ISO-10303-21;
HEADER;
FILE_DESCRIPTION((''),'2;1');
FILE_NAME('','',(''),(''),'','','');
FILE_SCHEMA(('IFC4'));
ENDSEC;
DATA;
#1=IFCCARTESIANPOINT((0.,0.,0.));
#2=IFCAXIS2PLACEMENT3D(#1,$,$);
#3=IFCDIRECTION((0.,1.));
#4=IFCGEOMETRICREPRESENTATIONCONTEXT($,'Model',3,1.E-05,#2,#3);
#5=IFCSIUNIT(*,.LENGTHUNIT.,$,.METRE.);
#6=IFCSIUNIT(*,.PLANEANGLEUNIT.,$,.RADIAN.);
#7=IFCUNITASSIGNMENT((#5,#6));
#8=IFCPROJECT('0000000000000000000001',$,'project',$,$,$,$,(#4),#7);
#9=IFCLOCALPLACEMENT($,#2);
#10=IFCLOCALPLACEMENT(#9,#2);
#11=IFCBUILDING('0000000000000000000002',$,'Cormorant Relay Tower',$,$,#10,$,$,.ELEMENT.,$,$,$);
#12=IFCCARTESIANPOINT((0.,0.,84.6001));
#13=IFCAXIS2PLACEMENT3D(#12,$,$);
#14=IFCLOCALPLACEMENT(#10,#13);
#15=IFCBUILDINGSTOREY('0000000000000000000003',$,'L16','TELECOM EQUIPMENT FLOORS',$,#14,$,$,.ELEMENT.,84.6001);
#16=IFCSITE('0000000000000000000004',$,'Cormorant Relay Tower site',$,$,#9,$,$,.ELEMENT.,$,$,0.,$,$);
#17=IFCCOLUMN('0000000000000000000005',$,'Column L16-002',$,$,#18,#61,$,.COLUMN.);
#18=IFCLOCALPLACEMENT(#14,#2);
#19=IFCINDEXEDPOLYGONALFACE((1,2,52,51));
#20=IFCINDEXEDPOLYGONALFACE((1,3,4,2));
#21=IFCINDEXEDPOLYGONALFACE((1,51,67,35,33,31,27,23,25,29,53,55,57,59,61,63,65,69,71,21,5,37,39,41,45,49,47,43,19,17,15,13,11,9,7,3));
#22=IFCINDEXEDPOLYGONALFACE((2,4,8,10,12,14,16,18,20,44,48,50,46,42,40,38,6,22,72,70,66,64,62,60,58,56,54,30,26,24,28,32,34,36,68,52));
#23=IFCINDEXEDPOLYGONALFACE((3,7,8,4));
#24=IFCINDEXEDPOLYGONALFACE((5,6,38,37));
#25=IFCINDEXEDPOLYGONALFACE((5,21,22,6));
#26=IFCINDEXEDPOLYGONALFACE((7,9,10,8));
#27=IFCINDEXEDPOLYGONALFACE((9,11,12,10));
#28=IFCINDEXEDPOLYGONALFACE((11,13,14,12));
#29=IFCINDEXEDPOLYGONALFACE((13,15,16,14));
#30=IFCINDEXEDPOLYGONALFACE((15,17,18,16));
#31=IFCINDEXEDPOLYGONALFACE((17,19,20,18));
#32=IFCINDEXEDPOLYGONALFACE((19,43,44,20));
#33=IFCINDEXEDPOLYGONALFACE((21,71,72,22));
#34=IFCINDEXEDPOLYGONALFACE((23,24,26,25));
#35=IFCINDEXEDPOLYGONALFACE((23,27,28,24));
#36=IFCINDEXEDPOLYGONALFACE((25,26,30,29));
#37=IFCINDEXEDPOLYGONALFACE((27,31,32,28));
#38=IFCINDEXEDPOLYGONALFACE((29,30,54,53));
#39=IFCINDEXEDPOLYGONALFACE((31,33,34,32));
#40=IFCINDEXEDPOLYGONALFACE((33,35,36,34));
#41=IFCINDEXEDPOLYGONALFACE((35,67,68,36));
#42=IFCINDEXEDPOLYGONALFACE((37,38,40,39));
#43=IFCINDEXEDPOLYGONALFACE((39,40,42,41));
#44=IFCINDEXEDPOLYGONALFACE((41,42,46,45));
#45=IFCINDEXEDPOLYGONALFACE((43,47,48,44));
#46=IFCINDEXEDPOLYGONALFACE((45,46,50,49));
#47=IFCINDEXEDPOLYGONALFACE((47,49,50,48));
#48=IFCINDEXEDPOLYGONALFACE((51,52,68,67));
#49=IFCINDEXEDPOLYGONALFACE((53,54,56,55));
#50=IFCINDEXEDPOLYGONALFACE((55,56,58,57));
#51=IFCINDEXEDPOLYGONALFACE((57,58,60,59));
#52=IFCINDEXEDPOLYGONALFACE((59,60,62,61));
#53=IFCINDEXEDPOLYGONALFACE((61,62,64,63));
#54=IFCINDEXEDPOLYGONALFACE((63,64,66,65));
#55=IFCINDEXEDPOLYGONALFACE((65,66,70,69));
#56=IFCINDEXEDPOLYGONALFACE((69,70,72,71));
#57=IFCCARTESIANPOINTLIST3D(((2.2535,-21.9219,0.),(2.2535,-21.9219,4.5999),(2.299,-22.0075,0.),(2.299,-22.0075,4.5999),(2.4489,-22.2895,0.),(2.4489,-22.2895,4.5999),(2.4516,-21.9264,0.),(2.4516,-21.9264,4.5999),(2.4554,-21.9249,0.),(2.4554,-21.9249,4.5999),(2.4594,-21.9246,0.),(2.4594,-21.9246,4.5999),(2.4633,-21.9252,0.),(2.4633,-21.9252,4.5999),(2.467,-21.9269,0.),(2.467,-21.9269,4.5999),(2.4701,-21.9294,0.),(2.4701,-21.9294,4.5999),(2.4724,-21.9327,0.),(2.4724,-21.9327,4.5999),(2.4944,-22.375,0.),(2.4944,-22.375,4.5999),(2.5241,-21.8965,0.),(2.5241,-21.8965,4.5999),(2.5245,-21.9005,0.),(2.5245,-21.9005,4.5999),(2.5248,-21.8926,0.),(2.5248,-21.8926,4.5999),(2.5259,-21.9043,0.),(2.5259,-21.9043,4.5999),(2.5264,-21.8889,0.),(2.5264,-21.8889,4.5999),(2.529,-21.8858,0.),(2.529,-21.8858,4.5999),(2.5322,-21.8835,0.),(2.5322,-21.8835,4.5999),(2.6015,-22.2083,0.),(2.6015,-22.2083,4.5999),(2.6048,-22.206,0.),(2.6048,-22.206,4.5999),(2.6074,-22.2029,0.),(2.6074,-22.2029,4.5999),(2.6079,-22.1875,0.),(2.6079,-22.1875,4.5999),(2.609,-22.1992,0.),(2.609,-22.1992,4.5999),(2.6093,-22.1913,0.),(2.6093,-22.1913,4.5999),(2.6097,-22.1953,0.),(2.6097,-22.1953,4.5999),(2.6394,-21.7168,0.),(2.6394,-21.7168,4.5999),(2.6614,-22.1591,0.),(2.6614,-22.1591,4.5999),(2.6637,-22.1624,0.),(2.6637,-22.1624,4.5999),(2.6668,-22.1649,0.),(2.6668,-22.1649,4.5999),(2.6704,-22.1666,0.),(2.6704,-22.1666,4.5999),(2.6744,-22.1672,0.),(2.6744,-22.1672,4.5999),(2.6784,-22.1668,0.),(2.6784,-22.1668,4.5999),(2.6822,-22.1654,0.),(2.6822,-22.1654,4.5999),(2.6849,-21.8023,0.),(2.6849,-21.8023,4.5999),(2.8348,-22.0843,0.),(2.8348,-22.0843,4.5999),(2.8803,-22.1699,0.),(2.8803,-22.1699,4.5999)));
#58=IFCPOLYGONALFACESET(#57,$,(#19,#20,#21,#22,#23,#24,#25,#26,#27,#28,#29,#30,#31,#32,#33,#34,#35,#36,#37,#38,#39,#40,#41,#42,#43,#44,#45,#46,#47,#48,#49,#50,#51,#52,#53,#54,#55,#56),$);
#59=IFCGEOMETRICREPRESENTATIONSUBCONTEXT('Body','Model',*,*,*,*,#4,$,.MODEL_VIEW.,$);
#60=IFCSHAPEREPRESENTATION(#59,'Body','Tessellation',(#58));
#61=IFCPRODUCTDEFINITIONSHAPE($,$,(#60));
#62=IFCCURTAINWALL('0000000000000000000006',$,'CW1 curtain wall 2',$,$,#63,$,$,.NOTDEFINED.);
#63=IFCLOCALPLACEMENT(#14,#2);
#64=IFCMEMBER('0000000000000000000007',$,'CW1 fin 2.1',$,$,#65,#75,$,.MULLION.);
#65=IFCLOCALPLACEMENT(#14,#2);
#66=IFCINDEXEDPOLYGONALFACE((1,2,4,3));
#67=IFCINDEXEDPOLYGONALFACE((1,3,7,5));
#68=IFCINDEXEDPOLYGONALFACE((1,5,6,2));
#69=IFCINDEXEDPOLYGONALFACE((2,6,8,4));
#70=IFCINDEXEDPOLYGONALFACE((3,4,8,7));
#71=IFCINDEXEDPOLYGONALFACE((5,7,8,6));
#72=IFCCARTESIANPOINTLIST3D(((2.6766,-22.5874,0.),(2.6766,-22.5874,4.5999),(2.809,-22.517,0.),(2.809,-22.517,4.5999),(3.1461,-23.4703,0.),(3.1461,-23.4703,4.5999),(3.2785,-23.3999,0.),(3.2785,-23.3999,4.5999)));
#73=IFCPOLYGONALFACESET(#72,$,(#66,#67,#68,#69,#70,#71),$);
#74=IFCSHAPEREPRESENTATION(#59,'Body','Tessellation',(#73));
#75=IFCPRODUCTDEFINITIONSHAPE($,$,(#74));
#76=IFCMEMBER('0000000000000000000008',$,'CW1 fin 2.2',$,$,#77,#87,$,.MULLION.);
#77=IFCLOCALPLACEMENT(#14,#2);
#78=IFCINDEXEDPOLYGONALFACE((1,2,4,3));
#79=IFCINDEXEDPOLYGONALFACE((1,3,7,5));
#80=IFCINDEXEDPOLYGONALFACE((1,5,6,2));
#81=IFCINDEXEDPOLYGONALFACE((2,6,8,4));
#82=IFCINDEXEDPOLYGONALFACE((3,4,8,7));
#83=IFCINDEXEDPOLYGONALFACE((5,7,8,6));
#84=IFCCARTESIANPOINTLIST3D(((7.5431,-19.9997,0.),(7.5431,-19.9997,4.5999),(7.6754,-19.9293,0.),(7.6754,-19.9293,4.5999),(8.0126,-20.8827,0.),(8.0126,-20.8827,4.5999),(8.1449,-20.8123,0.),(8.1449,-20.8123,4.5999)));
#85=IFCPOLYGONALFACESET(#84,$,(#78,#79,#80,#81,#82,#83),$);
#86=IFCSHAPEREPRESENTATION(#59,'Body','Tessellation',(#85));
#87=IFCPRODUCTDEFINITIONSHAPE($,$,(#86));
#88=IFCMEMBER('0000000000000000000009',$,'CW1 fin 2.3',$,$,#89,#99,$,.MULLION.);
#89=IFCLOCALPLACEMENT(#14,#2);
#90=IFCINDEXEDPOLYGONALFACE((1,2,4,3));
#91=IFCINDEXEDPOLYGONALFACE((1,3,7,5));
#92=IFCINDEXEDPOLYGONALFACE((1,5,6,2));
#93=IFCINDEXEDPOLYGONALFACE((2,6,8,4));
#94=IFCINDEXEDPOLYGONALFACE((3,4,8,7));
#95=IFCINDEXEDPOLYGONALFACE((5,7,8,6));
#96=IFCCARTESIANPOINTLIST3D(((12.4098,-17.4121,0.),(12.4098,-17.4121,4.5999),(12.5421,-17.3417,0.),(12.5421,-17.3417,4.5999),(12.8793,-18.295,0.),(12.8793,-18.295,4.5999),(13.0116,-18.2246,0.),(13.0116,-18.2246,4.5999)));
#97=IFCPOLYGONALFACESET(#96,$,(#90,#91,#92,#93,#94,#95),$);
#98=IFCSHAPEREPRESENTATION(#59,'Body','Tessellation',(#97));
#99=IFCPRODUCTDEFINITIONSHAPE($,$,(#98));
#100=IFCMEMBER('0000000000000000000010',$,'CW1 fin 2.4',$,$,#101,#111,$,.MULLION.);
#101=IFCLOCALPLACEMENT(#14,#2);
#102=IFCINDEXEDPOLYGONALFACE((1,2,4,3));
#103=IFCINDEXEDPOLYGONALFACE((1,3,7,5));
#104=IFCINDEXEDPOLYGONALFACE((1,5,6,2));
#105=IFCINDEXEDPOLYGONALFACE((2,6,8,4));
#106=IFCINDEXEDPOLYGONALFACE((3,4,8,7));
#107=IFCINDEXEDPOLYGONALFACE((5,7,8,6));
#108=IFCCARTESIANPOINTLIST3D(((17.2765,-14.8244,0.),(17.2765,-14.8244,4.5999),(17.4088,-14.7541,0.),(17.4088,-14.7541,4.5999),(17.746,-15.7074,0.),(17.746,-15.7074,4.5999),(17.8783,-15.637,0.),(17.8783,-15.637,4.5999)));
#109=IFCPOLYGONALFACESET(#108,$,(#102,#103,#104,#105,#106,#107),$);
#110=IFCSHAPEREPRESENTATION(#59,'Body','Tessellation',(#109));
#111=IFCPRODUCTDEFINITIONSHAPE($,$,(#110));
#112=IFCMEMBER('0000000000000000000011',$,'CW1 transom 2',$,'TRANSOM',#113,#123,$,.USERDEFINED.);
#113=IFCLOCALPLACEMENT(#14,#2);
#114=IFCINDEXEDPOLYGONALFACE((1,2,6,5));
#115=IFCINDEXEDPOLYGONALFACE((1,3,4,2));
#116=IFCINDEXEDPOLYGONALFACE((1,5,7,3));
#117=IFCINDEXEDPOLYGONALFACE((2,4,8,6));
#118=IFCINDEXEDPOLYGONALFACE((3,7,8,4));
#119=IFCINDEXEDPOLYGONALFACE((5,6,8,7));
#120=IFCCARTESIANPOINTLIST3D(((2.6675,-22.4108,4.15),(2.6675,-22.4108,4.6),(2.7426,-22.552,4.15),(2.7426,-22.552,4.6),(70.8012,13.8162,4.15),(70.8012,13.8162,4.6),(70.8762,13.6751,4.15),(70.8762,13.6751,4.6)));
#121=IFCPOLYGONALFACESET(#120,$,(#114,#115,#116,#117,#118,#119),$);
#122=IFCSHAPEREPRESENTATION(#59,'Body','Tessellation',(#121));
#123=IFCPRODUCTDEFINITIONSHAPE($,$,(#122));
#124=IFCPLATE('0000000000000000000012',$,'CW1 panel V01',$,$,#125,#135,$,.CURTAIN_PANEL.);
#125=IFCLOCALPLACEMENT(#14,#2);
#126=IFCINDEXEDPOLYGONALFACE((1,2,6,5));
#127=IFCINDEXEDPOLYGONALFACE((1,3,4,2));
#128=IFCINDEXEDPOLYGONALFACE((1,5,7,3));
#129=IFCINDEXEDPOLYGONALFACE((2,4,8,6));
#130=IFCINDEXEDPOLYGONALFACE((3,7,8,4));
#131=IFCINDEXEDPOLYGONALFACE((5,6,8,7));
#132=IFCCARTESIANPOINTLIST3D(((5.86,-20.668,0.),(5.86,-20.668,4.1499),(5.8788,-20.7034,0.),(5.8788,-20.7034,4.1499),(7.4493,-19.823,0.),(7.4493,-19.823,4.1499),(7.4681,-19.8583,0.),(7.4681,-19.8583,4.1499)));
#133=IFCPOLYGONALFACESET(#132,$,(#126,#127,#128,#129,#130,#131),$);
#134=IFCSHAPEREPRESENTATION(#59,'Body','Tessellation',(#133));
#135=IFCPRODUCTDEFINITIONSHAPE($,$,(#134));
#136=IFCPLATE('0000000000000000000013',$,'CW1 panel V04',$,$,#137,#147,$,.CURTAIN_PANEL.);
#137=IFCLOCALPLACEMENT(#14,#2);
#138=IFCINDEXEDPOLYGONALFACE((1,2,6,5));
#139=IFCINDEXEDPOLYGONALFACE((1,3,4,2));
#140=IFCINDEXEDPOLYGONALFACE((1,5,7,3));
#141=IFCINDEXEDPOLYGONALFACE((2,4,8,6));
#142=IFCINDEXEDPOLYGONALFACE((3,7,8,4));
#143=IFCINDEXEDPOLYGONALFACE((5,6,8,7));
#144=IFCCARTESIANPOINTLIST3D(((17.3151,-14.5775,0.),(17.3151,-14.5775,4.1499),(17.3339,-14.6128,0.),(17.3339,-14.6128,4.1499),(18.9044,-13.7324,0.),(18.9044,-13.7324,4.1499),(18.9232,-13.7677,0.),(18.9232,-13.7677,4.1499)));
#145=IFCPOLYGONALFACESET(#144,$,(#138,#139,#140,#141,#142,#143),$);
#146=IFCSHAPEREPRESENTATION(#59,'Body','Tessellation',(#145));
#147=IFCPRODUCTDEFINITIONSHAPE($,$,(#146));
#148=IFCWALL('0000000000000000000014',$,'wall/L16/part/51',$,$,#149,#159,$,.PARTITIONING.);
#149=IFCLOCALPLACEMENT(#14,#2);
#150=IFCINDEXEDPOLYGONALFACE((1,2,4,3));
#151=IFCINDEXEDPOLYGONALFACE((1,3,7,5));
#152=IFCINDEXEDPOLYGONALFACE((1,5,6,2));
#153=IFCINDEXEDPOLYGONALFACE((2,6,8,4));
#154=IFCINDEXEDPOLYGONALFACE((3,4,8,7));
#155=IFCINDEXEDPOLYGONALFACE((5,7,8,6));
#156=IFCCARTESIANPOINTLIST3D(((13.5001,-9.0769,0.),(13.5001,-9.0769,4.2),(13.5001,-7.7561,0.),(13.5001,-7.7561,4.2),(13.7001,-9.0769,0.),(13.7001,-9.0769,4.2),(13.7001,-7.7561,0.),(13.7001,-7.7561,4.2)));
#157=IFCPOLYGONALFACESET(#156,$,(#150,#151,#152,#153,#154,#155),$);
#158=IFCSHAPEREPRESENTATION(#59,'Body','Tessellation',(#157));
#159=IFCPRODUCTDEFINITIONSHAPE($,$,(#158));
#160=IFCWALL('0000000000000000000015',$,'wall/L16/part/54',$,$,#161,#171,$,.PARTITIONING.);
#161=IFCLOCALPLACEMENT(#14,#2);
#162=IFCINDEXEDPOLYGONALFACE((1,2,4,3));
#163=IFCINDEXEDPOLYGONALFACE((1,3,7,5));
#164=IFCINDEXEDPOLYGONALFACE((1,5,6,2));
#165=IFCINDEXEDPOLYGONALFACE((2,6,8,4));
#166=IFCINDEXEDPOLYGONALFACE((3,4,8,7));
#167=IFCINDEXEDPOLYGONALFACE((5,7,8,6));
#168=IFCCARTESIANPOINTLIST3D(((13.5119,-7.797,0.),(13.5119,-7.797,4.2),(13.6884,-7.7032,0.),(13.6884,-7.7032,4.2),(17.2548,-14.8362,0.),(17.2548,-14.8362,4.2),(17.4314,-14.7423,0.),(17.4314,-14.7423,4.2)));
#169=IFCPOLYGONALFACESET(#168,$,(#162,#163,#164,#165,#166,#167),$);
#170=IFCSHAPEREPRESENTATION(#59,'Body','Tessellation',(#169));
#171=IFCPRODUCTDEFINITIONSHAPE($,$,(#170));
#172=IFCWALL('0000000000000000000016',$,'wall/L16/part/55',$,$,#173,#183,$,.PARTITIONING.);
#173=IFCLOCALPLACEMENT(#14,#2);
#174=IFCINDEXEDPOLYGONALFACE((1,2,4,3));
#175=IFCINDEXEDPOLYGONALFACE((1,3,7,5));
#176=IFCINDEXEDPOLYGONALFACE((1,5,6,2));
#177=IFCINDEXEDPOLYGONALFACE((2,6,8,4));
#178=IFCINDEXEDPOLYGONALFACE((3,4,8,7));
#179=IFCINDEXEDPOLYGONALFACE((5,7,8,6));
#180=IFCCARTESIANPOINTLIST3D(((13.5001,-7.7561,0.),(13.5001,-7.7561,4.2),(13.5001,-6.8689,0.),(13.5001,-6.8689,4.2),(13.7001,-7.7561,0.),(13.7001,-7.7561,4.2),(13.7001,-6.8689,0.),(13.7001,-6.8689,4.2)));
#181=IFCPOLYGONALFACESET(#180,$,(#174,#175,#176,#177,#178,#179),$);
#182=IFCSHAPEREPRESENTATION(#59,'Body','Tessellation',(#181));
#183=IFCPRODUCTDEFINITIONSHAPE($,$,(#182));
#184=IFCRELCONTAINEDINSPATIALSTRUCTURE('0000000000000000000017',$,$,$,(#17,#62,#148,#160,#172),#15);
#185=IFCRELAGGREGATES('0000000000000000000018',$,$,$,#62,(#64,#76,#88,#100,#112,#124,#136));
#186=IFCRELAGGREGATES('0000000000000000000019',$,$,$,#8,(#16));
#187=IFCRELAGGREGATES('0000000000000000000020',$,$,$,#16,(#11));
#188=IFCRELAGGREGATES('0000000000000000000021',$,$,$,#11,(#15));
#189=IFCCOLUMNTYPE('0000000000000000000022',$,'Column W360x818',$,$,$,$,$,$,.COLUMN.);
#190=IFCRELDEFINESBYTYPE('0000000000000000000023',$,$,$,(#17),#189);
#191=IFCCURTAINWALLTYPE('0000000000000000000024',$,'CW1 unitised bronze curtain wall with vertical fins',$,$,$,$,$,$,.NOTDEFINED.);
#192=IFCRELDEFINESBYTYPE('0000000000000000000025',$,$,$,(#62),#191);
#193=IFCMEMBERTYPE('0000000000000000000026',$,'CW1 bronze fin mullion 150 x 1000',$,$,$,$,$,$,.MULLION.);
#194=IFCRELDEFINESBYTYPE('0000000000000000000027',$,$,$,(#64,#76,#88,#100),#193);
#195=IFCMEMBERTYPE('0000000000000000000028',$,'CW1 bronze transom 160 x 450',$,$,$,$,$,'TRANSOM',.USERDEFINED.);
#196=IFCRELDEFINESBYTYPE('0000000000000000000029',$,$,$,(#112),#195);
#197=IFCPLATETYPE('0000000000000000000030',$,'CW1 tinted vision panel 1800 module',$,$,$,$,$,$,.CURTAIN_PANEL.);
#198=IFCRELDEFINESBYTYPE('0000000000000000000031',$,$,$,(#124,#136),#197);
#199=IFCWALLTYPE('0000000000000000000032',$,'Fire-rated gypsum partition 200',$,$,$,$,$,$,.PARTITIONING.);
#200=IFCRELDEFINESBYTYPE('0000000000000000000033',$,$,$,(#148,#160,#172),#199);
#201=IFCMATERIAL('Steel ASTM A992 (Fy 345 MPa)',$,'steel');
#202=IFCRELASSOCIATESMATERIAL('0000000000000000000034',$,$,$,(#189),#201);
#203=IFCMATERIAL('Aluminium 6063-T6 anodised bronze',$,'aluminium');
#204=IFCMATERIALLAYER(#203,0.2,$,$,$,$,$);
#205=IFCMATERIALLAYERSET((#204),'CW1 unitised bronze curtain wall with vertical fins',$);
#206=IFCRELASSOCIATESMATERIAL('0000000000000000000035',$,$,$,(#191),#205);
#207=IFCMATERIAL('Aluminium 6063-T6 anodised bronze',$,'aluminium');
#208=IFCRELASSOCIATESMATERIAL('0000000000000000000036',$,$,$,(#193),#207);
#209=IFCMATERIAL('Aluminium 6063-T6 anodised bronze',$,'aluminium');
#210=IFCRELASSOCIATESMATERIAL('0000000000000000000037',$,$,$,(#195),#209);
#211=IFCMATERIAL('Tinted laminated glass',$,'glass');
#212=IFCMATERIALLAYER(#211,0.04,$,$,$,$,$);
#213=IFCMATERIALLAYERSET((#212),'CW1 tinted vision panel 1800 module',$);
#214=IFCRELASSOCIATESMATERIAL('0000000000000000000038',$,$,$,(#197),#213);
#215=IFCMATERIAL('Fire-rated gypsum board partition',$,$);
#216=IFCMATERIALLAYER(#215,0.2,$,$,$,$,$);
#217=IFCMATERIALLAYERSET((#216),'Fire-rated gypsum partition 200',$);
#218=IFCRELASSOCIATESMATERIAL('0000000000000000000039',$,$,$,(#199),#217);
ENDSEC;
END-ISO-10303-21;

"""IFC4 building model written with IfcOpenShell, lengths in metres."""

from ifc_helpers import new_model, si_unit, direction, frame, frame_2d, origin, origin_2d, place, context, subcontext, project, spatial, rectangle, i_section, extrude, material, layer, layer_set, material_profile, profile_set, type_object, element, aggregate, save


model = new_model("IFC4")

# Units and contexts
model_context = context("Model", 3, precision=1e-05, world=origin(), true_north=direction((0.0, 1.0)))
body_context = subcontext(model_context, "Body", "Model", "MODEL_VIEW")
ifc_project = project(units=[si_unit("LENGTHUNIT", "METRE"), si_unit("PLANEANGLEUNIT", "RADIAN")], contexts=[model_context])

# Site, building, storey
site_placement = place(None, origin())
site = spatial("IfcSite", under=ifc_project, at=site_placement, Name="Cormorant Relay Tower site", CompositionType="ELEMENT", RefElevation=0.0)
building_placement = place(site_placement, origin())
building = spatial("IfcBuilding", under=site, at=building_placement, Name="Cormorant Relay Tower", CompositionType="ELEMENT")
storey_placement = place(building_placement, frame((0.0, 0.0, 84.6001)))
storey = spatial("IfcBuildingStorey", under=building, at=storey_placement, Name="L16", Description="TELECOM EQUIPMENT FLOORS", CompositionType="ELEMENT", Elevation=84.6001)

# Column
ifc_material_1 = material(Name="Steel ASTM A992 (Fy 345 MPa)", Category="steel")
ifc_material_profile_1 = material_profile(ifc_material_1, i_section(OverallWidth=0.437, OverallDepth=0.5132, WebThickness=0.0605, FlangeThickness=0.0969, FilletRadius=0.0154, at=origin_2d()), Name="W360x818")
ifc_profile_set_1 = profile_set([ifc_material_profile_1], Name="Steel ASTM A992 (Fy 345 MPa)")
column_type_1 = type_object("IfcColumnType", Name="Column W360x818", PredefinedType="COLUMN", material=ifc_profile_set_1)
column_1_placement = place(storey_placement, frame((2.5669, -22.0459, 0.0), z_axis=(0.0, 0.0, 1.0), x_axis=(0.882948, 0.469472, 0.0)))
element("IfcColumn", 1, at=column_1_placement, inside=storey, type_object=column_type_1, Name="Column L16-002", PredefinedType="COLUMN", context=body_context, shape_type="SweptSolid", body=[
    extrude(i_section(OverallWidth=0.437, OverallDepth=0.5132, WebThickness=0.0605, FlangeThickness=0.0969, FilletRadius=0.0154, at=origin_2d()), origin(), (0.0, 0.0, 1.0), 4.5999),
])

# Curtain wall, members, plates
ifc_material_2 = material(Name="Aluminium 6063-T6 anodised bronze", Category="aluminium")
ifc_layer_1 = layer(ifc_material_2, 0.2)
ifc_layer_set_1 = layer_set([ifc_layer_1], Name="CW1 unitised bronze curtain wall with vertical fins")
curtain_wall_type = type_object("IfcCurtainWallType", Name="CW1 unitised bronze curtain wall with vertical fins", PredefinedType="NOTDEFINED", material=ifc_layer_set_1)
curtain_wall_1_placement = place(storey_placement, origin())
curtain_wall_1 = element("IfcCurtainWall", 2, at=curtain_wall_1_placement, inside=storey, type_object=curtain_wall_type, Name="CW1 curtain wall 2", PredefinedType="NOTDEFINED")
ifc_material_3 = material(Name="Aluminium 6063-T6 anodised bronze", Category="aluminium")
ifc_material_profile_2 = material_profile(ifc_material_3, rectangle(XDim=0.1499, YDim=1.0, at=origin_2d()), Name="AL 150x1000")
ifc_profile_set_2 = profile_set([ifc_material_profile_2], Name="Aluminium 6063-T6 anodised bronze")
member_type_1 = type_object("IfcMemberType", Name="CW1 bronze fin mullion 150 x 1000", PredefinedType="MULLION", material=ifc_profile_set_2)
member_1_placement = place(storey_placement, frame((2.9775, -22.9937, 0.0), z_axis=(0.0, 0.0, 1.0), x_axis=(0.882948, 0.469472, 0.0)))
member_1 = element("IfcMember", 3, at=member_1_placement, type_object=member_type_1, Name="CW1 fin 2.1", PredefinedType="MULLION", context=body_context, shape_type="SweptSolid", body=[
    extrude(rectangle(XDim=0.1499, YDim=1.0, at=origin_2d()), origin(), (0.0, 0.0, 1.0), 4.5999),
])
member_2_placement = place(storey_placement, frame((7.844, -20.406, 0.0), z_axis=(0.0, 0.0, 1.0), x_axis=(0.882948, 0.469472, 0.0)))
member_2 = element("IfcMember", 4, at=member_2_placement, type_object=member_type_1, Name="CW1 fin 2.2", PredefinedType="MULLION", context=body_context, shape_type="SweptSolid", body=[
    extrude(rectangle(XDim=0.1499, YDim=1.0, at=origin_2d()), origin(), (0.0, 0.0, 1.0), 4.5999),
])
member_3_placement = place(storey_placement, frame((12.7107, -17.8184, 0.0), z_axis=(0.0, 0.0, 1.0), x_axis=(0.882948, 0.469472, 0.0)))
member_3 = element("IfcMember", 5, at=member_3_placement, type_object=member_type_1, Name="CW1 fin 2.3", PredefinedType="MULLION", context=body_context, shape_type="SweptSolid", body=[
    extrude(rectangle(XDim=0.1499, YDim=1.0, at=origin_2d()), origin(), (0.0, 0.0, 1.0), 4.5999),
])
member_4_placement = place(storey_placement, frame((17.5774, -15.2307, 0.0), z_axis=(0.0, 0.0, 1.0), x_axis=(0.882948, 0.469472, 0.0)))
member_4 = element("IfcMember", 6, at=member_4_placement, type_object=member_type_1, Name="CW1 fin 2.4", PredefinedType="MULLION", context=body_context, shape_type="SweptSolid", body=[
    extrude(rectangle(XDim=0.1499, YDim=1.0, at=origin_2d()), origin(), (0.0, 0.0, 1.0), 4.5999),
])
ifc_material_4 = material(Name="Aluminium 6063-T6 anodised bronze", Category="aluminium")
ifc_material_profile_3 = material_profile(ifc_material_4, rectangle(XDim=0.1599, YDim=0.45, at=origin_2d()), Name="AL 160x450")
ifc_profile_set_3 = profile_set([ifc_material_profile_3], Name="Aluminium 6063-T6 anodised bronze")
member_type_2 = type_object("IfcMemberType", Name="CW1 bronze transom 160 x 450", ElementType="TRANSOM", PredefinedType="USERDEFINED", material=ifc_profile_set_3)
member_5_placement = place(storey_placement, frame((2.7051, -22.4814, 4.375), z_axis=(0.882949, 0.46947, 0.0), x_axis=(-0.46947, 0.882949, 0.0)))
member_5 = element("IfcMember", 7, at=member_5_placement, type_object=member_type_2, Name="CW1 transom 2", ObjectType="TRANSOM", PredefinedType="USERDEFINED", context=body_context, shape_type="SweptSolid", body=[
    extrude(rectangle(XDim=0.1599, YDim=0.45, at=origin_2d()), origin(), (0.0, 0.0, 1.0), 77.166),
])
ifc_material_5 = material(Name="Tinted laminated glass", Category="glass")
ifc_layer_2 = layer(ifc_material_5, 0.04)
ifc_layer_set_2 = layer_set([ifc_layer_2], Name="CW1 tinted vision panel 1800 module")
plate_type = type_object("IfcPlateType", Name="CW1 tinted vision panel 1800 module", PredefinedType="CURTAIN_PANEL", material=ifc_layer_set_2)
plate_1_placement = place(storey_placement, frame((6.6641, -20.2632, 0.0), z_axis=(0.0, 0.0, 1.0), x_axis=(0.882948, 0.469472, 0.0)))
plate_1 = element("IfcPlate", 8, at=plate_1_placement, type_object=plate_type, Name="CW1 panel V01", PredefinedType="CURTAIN_PANEL", context=body_context, shape_type="SweptSolid", body=[
    extrude(rectangle(XDim=1.8, YDim=0.04, at=origin_2d()), origin(), (0.0, 0.0, 1.0), 4.1499),
])
plate_2_placement = place(storey_placement, frame((18.1191, -14.1726, 0.0), z_axis=(0.0, 0.0, 1.0), x_axis=(0.882948, 0.469472, 0.0)))
plate_2 = element("IfcPlate", 9, at=plate_2_placement, type_object=plate_type, Name="CW1 panel V04", PredefinedType="CURTAIN_PANEL", context=body_context, shape_type="SweptSolid", body=[
    extrude(rectangle(XDim=1.8, YDim=0.04, at=origin_2d()), origin(), (0.0, 0.0, 1.0), 4.1499),
])

# Walls
ifc_material_6 = material(Name="Fire-rated gypsum board partition")
ifc_layer_3 = layer(ifc_material_6, 0.2)
ifc_layer_set_3 = layer_set([ifc_layer_3], Name="Fire-rated gypsum partition 200")
wall_type_1 = type_object("IfcWallType", Name="Fire-rated gypsum partition 200", PredefinedType="PARTITIONING", material=ifc_layer_set_3)
wall_1_placement = place(storey_placement, frame((13.6001, -7.7561, 0.0), z_axis=(0.0, 0.0, 1.0), x_axis=(0.0, -1.0, 0.0)))
element("IfcWall", 10, at=wall_1_placement, inside=storey, type_object=wall_type_1, Name="wall/L16/part/51", PredefinedType="PARTITIONING", context=body_context, shape_type="SweptSolid", body=[
    extrude(rectangle(XDim=1.3208, YDim=0.2, at=frame_2d((0.6604, 0.0))), origin(), (0.0, 0.0, 1.0), 4.2),
])
wall_2_placement = place(storey_placement, frame((13.6001, -7.75, 0.0), z_axis=(0.0, 0.0, 1.0), x_axis=(0.46949, -0.882938, 0.0)))
element("IfcWall", 11, at=wall_2_placement, inside=storey, type_object=wall_type_1, Name="wall/L16/part/54", PredefinedType="PARTITIONING", context=body_context, shape_type="SweptSolid", body=[
    extrude(rectangle(XDim=7.9724, YDim=0.2, at=frame_2d((3.9863, 0.0))), origin(), (0.0, 0.0, 1.0), 4.2),
])
wall_3_placement = place(storey_placement, frame((13.6001, -6.8689, 0.0), z_axis=(0.0, 0.0, 1.0), x_axis=(0.0, -1.0, 0.0)))
element("IfcWall", 12, at=wall_3_placement, inside=storey, type_object=wall_type_1, Name="wall/L16/part/55", PredefinedType="PARTITIONING", context=body_context, shape_type="SweptSolid", body=[
    extrude(rectangle(XDim=0.8872, YDim=0.2, at=frame_2d((0.4436, 0.0))), origin(), (0.0, 0.0, 1.0), 4.2),
])

aggregate(curtain_wall_1, [member_1, member_2, member_3, member_4, member_5, plate_1, plate_2])

save(model, "model.ifc")
